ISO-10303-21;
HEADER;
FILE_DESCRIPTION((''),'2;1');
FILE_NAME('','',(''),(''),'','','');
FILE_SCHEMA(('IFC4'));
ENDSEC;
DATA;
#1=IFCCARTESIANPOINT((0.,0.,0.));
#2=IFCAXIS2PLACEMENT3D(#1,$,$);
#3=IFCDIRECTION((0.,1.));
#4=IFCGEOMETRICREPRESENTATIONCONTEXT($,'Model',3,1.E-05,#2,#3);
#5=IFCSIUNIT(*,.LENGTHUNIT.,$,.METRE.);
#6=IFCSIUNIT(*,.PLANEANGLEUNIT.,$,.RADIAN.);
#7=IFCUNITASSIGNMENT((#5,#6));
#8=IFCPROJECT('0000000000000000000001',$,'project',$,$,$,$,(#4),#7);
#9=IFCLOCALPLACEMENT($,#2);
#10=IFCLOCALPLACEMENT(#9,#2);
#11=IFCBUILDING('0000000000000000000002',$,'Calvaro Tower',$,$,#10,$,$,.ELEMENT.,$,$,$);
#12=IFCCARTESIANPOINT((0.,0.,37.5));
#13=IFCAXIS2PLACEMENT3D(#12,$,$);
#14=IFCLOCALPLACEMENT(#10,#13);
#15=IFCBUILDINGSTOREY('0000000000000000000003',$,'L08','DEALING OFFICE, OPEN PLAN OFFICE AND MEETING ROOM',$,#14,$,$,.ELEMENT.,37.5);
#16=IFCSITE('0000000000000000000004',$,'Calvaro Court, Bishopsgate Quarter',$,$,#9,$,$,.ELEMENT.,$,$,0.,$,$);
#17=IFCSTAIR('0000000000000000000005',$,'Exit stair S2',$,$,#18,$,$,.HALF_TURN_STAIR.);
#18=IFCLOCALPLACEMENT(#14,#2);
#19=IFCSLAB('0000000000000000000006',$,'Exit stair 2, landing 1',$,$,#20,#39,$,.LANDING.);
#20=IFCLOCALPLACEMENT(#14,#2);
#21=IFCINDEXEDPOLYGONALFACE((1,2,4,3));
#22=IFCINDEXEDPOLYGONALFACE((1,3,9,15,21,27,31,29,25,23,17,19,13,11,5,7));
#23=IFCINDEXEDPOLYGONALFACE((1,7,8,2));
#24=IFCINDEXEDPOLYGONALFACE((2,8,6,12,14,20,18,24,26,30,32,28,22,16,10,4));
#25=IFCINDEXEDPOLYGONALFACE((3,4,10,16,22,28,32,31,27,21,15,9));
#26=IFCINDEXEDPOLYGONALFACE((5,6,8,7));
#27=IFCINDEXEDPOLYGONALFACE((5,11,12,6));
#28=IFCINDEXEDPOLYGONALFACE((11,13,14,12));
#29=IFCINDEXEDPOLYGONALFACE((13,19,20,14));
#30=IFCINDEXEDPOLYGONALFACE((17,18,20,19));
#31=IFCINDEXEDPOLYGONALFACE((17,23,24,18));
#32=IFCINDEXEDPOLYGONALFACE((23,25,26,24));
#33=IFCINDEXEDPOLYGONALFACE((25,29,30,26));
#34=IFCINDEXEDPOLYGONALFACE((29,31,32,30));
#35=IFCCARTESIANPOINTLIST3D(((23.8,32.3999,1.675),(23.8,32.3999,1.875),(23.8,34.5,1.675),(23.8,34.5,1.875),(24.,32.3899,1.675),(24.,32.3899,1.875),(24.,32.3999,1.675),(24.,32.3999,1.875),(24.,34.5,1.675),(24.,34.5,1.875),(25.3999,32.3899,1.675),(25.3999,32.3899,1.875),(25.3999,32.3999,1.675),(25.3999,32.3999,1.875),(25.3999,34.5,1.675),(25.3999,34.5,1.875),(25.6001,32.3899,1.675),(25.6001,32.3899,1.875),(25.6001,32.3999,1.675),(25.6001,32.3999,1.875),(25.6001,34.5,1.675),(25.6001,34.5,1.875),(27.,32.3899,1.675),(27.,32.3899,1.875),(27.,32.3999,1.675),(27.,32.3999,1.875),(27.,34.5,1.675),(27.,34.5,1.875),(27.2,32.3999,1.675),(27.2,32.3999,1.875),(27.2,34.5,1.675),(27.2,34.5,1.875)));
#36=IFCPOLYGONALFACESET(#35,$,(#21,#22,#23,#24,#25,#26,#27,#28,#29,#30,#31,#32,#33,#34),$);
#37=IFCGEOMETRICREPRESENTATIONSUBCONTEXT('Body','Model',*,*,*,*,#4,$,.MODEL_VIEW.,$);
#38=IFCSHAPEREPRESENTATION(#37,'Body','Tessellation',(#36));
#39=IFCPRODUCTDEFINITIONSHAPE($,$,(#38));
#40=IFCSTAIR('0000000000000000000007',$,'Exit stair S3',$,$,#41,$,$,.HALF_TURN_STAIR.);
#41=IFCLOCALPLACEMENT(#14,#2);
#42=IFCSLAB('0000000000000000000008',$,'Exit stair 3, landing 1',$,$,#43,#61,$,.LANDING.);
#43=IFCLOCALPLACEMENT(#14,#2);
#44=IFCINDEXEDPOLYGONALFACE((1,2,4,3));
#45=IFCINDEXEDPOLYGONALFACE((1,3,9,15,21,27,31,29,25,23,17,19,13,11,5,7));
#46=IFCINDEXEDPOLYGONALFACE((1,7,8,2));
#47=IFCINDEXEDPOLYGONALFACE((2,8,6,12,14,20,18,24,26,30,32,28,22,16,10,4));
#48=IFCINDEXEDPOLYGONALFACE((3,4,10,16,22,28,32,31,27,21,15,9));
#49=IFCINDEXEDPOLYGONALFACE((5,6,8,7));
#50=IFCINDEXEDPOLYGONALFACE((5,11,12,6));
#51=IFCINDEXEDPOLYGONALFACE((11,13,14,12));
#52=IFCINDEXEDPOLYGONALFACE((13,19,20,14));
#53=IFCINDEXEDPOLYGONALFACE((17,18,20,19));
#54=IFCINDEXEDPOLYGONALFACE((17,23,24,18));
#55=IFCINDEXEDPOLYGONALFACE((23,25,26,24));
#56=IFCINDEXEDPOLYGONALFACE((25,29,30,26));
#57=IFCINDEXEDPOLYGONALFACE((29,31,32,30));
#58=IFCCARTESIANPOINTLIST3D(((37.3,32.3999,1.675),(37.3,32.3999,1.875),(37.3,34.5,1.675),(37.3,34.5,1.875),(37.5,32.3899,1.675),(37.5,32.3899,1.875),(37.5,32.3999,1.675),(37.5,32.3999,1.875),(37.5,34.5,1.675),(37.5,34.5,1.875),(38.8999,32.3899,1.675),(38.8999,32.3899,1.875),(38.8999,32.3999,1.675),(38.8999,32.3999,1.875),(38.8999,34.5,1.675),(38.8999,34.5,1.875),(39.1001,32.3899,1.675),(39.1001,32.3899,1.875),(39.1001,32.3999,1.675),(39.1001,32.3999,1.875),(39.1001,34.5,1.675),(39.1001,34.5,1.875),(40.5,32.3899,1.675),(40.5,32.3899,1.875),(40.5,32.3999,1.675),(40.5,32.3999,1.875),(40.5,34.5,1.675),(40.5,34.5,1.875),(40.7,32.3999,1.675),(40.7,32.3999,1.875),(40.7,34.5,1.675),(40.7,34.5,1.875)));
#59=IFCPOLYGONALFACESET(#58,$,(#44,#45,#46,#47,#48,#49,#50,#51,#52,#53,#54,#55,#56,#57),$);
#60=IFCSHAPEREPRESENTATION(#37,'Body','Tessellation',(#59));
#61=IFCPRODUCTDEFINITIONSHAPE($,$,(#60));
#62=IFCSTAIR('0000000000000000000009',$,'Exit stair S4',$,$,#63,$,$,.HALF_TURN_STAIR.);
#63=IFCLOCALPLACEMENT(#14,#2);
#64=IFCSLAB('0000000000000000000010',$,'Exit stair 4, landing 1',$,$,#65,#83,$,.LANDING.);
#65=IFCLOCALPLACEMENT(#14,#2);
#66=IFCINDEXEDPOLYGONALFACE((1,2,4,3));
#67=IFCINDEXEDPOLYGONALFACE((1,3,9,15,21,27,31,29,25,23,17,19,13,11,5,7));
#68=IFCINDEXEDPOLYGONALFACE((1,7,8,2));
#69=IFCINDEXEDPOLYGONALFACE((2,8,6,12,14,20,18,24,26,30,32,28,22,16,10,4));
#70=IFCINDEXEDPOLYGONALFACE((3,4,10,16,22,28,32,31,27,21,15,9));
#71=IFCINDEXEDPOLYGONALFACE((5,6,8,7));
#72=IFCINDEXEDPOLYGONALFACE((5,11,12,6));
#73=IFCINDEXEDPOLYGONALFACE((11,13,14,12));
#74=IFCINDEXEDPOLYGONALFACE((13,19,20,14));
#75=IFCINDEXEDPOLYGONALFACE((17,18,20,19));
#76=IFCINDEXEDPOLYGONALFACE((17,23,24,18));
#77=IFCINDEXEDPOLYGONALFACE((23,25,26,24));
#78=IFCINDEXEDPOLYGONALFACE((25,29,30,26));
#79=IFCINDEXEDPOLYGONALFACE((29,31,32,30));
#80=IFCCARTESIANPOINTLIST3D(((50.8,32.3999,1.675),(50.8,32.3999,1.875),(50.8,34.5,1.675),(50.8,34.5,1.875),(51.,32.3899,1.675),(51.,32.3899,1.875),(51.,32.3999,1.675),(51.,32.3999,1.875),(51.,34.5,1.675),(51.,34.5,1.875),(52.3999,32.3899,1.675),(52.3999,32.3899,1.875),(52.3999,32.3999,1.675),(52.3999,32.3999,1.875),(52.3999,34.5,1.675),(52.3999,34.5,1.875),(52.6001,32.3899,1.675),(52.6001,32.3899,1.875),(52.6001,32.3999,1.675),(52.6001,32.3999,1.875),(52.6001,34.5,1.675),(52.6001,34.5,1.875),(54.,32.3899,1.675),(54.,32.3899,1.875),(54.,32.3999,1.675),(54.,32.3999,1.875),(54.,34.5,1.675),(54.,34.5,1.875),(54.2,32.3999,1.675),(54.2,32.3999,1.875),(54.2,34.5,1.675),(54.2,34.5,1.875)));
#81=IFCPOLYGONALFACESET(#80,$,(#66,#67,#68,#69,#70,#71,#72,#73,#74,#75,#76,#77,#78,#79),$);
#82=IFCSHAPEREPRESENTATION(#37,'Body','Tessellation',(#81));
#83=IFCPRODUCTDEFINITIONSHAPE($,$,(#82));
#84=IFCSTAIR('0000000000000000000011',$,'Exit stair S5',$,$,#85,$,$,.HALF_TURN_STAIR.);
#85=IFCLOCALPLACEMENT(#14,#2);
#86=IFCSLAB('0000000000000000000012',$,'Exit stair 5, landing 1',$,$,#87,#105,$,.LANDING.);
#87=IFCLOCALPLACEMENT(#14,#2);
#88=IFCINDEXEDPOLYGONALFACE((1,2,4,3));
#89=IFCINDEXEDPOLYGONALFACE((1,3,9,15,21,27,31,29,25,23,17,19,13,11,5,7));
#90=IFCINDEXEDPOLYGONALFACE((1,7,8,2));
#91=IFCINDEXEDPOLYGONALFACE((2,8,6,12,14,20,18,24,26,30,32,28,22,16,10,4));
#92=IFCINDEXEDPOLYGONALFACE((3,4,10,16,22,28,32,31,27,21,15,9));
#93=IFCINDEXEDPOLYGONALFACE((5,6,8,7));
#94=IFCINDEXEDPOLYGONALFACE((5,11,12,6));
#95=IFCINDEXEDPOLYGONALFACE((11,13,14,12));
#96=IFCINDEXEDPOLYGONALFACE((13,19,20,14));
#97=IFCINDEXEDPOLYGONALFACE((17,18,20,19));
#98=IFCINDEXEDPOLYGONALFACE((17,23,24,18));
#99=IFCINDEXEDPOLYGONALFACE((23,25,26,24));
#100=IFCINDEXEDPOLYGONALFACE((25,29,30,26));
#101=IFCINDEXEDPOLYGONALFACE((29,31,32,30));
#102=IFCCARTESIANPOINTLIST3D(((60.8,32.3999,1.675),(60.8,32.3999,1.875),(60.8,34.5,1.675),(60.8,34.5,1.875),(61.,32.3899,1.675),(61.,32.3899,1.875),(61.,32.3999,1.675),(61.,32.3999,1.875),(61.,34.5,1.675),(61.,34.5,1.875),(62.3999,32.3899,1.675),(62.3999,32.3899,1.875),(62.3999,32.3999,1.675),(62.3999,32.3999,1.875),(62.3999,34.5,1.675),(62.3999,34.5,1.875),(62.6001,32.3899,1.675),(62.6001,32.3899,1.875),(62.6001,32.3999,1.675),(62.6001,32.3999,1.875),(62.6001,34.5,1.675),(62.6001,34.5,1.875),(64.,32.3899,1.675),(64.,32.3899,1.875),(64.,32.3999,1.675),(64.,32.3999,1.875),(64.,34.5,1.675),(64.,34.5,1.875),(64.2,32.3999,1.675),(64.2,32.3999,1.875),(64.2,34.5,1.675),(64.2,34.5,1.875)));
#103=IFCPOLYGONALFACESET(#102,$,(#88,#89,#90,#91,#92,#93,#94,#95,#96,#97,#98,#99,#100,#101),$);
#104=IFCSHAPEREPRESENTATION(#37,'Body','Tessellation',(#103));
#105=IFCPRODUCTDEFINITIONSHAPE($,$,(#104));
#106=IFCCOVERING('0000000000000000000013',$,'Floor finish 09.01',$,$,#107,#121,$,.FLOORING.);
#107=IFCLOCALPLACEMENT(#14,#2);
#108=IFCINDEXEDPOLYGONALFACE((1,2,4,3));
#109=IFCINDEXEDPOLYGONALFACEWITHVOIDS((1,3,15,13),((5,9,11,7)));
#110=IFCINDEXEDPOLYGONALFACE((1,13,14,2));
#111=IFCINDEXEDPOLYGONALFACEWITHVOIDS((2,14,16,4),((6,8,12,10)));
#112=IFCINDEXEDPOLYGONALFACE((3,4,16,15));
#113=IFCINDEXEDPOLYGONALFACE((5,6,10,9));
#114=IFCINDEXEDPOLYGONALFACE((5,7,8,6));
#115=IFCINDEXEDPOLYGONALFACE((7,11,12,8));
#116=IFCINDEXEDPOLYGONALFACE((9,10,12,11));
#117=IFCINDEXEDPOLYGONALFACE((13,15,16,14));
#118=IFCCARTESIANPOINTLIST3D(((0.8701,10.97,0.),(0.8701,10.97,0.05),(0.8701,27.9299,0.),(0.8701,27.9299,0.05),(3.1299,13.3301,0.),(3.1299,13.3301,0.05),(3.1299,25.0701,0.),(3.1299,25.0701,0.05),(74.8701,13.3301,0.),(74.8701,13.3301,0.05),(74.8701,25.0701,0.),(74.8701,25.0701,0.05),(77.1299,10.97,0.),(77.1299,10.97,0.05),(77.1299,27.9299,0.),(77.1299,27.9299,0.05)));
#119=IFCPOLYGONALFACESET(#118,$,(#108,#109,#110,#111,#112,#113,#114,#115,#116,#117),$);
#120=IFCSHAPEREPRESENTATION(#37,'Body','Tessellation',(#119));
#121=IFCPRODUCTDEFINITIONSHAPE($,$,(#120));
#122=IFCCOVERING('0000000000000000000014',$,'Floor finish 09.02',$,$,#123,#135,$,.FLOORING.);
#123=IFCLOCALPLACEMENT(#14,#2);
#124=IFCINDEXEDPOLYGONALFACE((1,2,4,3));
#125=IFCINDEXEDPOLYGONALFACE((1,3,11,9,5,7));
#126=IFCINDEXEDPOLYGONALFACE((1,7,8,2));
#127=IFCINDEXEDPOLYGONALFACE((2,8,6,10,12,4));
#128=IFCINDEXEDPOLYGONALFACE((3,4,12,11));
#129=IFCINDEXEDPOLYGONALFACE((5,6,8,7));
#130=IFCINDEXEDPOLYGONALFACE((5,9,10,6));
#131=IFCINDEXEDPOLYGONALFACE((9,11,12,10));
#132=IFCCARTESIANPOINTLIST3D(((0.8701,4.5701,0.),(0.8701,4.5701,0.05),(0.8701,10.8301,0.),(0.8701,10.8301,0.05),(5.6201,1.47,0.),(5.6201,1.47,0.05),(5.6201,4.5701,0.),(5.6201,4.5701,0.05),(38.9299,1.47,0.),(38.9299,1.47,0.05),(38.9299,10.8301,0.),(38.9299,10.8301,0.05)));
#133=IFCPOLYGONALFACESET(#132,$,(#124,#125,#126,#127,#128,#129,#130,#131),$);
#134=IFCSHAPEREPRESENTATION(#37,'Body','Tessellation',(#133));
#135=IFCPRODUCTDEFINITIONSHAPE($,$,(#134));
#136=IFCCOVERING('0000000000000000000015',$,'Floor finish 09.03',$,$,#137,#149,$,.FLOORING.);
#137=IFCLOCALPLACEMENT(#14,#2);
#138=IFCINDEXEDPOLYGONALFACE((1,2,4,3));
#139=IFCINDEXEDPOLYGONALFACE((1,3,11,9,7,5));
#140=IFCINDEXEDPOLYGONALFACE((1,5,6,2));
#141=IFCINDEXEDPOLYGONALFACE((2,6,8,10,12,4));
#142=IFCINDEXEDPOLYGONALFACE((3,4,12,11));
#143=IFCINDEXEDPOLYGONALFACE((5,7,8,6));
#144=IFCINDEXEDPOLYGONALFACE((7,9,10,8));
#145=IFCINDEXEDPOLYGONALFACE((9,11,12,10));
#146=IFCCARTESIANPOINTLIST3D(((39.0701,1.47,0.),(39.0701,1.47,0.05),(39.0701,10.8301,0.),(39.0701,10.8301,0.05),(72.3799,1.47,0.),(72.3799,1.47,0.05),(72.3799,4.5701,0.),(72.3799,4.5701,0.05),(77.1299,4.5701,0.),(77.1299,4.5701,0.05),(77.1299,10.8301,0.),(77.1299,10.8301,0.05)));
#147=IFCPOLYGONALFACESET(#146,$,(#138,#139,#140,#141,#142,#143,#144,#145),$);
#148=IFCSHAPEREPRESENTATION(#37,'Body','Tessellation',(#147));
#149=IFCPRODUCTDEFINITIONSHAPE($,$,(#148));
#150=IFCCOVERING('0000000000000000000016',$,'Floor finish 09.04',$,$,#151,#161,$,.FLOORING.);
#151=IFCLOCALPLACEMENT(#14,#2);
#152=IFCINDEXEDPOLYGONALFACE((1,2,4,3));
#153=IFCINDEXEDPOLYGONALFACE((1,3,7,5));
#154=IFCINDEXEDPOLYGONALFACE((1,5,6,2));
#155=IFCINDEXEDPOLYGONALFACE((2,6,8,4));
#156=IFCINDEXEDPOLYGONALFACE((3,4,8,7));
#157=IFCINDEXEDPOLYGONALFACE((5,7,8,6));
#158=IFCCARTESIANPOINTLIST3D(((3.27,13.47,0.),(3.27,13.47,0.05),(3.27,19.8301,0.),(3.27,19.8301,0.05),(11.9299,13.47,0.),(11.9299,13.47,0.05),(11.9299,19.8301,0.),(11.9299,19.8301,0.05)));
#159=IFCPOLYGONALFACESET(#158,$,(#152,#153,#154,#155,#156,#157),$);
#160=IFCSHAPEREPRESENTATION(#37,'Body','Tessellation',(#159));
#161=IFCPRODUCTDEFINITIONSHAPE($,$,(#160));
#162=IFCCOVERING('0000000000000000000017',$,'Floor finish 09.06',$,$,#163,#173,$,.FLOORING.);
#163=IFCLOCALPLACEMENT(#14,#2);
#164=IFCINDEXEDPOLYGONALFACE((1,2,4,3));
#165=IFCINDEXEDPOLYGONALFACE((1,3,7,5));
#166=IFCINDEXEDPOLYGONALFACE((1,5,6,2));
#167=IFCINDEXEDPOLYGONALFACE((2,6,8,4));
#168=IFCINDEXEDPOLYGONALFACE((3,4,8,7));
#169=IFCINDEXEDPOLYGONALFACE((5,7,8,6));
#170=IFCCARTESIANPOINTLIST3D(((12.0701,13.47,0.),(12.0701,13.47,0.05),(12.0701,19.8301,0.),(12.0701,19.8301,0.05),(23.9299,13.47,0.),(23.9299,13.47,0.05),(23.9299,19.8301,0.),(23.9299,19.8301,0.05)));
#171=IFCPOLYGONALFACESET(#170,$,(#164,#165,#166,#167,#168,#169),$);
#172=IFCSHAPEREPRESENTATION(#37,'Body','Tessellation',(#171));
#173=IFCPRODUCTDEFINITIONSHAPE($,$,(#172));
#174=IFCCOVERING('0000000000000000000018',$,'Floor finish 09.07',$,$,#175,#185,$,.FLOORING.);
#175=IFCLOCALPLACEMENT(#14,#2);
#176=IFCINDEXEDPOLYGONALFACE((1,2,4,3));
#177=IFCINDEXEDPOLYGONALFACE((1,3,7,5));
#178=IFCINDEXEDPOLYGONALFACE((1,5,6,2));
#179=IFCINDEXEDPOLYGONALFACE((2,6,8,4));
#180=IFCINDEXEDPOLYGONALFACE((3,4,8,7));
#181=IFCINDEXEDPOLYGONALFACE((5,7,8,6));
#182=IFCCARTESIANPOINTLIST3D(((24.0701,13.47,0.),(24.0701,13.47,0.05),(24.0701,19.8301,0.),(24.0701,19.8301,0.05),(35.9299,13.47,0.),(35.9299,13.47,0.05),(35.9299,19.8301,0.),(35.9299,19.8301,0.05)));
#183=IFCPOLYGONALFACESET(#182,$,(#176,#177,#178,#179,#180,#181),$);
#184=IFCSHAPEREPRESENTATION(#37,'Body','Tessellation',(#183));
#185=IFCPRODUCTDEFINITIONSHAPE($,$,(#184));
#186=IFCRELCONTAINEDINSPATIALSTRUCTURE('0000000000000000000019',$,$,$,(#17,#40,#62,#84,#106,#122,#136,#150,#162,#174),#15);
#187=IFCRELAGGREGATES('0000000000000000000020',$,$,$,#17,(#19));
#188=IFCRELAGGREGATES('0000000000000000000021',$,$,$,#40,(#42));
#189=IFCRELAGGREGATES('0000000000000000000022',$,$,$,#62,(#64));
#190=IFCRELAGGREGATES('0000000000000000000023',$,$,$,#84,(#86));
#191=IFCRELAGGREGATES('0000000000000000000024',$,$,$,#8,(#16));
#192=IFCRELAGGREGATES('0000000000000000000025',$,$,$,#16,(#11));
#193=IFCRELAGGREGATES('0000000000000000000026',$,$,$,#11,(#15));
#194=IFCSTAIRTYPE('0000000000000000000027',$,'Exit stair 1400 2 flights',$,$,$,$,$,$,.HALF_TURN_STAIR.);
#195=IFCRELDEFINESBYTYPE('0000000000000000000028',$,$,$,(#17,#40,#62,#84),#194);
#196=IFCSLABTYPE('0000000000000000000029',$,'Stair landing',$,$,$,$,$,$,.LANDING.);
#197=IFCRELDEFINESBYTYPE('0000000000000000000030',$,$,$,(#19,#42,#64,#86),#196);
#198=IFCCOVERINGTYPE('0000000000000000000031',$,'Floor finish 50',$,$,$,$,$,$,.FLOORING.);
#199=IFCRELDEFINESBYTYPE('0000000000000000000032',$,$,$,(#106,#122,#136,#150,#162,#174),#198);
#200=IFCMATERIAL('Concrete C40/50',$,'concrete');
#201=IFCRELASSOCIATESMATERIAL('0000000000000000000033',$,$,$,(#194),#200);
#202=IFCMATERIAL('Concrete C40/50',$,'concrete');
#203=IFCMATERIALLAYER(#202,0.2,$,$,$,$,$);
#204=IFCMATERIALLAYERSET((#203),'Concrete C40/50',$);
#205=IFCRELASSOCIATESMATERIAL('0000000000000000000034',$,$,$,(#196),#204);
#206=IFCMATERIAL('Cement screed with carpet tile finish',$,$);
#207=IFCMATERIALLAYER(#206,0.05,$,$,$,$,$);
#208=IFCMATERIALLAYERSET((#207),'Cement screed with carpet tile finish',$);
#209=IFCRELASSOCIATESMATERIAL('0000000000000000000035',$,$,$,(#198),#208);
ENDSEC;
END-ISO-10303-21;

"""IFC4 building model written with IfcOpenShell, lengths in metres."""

from ifc_helpers import new_model, si_unit, direction, frame, origin, place, context, subcontext, project, spatial, polyline, outline, extrude, material, layer, layer_set, type_object, element, aggregate, save


model = new_model("IFC4")

# Units and contexts
model_context = context("Model", 3, precision=1e-05, world=origin(), true_north=direction((0.0, 1.0)))
body_context = subcontext(model_context, "Body", "Model", "MODEL_VIEW")
ifc_project = project(units=[si_unit("LENGTHUNIT", "METRE"), si_unit("PLANEANGLEUNIT", "RADIAN")], contexts=[model_context])

# Site, building, storey
site_placement = place(None, origin())
site = spatial("IfcSite", under=ifc_project, at=site_placement, Name="Calvaro Court, Bishopsgate Quarter", CompositionType="ELEMENT", RefElevation=0.0)
building_placement = place(site_placement, origin())
building = spatial("IfcBuilding", under=site, at=building_placement, Name="Calvaro Tower", CompositionType="ELEMENT")
storey_placement = place(building_placement, frame((0.0, 0.0, 37.5)))
storey = spatial("IfcBuildingStorey", under=building, at=storey_placement, Name="L08", Description="DEALING OFFICE, OPEN PLAN OFFICE AND MEETING ROOM", CompositionType="ELEMENT", Elevation=37.5)

# Stairs, slabs
ifc_material_1 = material(Name="Concrete C40/50", Category="concrete")
stair_type = type_object("IfcStairType", Name="Exit stair 1400 2 flights", PredefinedType="HALF_TURN_STAIR", material=ifc_material_1)
ifc_material_2 = material(Name="Concrete C40/50", Category="concrete")
ifc_layer_1 = layer(ifc_material_2, 0.2)
ifc_layer_set_1 = layer_set([ifc_layer_1], Name="Concrete C40/50")
slab_type_1 = type_object("IfcSlabType", Name="Stair landing", PredefinedType="LANDING", material=ifc_layer_set_1)
stair_1_placement = place(storey_placement, origin())
stair_1 = element("IfcStair", 1, at=stair_1_placement, inside=storey, type_object=stair_type, Name="Exit stair S2", PredefinedType="HALF_TURN_STAIR")
slab_1_placement = place(storey_placement, frame((0.0, 0.0, 1.675)))
slab_1 = element("IfcSlab", 2, at=slab_1_placement, type_object=slab_type_1, Name="Exit stair 2, landing 1", PredefinedType="LANDING", context=body_context, shape_type="SweptSolid", body=[
    extrude(outline(polyline([(25.3999, 32.3899), (24.0, 32.3899), (24.0, 32.3999), (23.8, 32.3999), (23.8, 34.5), (24.0, 34.5), (25.3999, 34.5), (25.6001, 34.5), (27.0, 34.5), (27.2, 34.5), (27.2, 32.3999), (27.0, 32.3999), (27.0, 32.3899), (25.6001, 32.3899), (25.6001, 32.3999), (25.3999, 32.3999), (25.3999, 32.3899)])), origin(), (0.0, 0.0, 1.0), 0.2),
])
aggregate(stair_1, [slab_1])
stair_2_placement = place(storey_placement, origin())
stair_2 = element("IfcStair", 3, at=stair_2_placement, inside=storey, type_object=stair_type, Name="Exit stair S3", PredefinedType="HALF_TURN_STAIR")
slab_2_placement = place(storey_placement, frame((0.0, 0.0, 1.675)))
slab_2 = element("IfcSlab", 4, at=slab_2_placement, type_object=slab_type_1, Name="Exit stair 3, landing 1", PredefinedType="LANDING", context=body_context, shape_type="SweptSolid", body=[
    extrude(outline(polyline([(38.8999, 32.3899), (37.5, 32.3899), (37.5, 32.3999), (37.3, 32.3999), (37.3, 34.5), (37.5, 34.5), (38.8999, 34.5), (39.1001, 34.5), (40.5, 34.5), (40.7, 34.5), (40.7, 32.3999), (40.5, 32.3999), (40.5, 32.3899), (39.1001, 32.3899), (39.1001, 32.3999), (38.8999, 32.3999), (38.8999, 32.3899)])), origin(), (0.0, 0.0, 1.0), 0.2),
])
aggregate(stair_2, [slab_2])
stair_3_placement = place(storey_placement, origin())
stair_3 = element("IfcStair", 5, at=stair_3_placement, inside=storey, type_object=stair_type, Name="Exit stair S4", PredefinedType="HALF_TURN_STAIR")
slab_3_placement = place(storey_placement, frame((0.0, 0.0, 1.675)))
slab_3 = element("IfcSlab", 6, at=slab_3_placement, type_object=slab_type_1, Name="Exit stair 4, landing 1", PredefinedType="LANDING", context=body_context, shape_type="SweptSolid", body=[
    extrude(outline(polyline([(52.3999, 32.3899), (51.0, 32.3899), (51.0, 32.3999), (50.8, 32.3999), (50.8, 34.5), (51.0, 34.5), (52.3999, 34.5), (52.6001, 34.5), (54.0, 34.5), (54.2, 34.5), (54.2, 32.3999), (54.0, 32.3999), (54.0, 32.3899), (52.6001, 32.3899), (52.6001, 32.3999), (52.3999, 32.3999), (52.3999, 32.3899)])), origin(), (0.0, 0.0, 1.0), 0.2),
])
aggregate(stair_3, [slab_3])
stair_4_placement = place(storey_placement, origin())
stair_4 = element("IfcStair", 7, at=stair_4_placement, inside=storey, type_object=stair_type, Name="Exit stair S5", PredefinedType="HALF_TURN_STAIR")
slab_4_placement = place(storey_placement, frame((0.0, 0.0, 1.675)))
slab_4 = element("IfcSlab", 8, at=slab_4_placement, type_object=slab_type_1, Name="Exit stair 5, landing 1", PredefinedType="LANDING", context=body_context, shape_type="SweptSolid", body=[
    extrude(outline(polyline([(62.3999, 32.3899), (61.0, 32.3899), (61.0, 32.3999), (60.8, 32.3999), (60.8, 34.5), (61.0, 34.5), (62.3999, 34.5), (62.6001, 34.5), (64.0, 34.5), (64.2, 34.5), (64.2, 32.3999), (64.0, 32.3999), (64.0, 32.3899), (62.6001, 32.3899), (62.6001, 32.3999), (62.3999, 32.3999), (62.3999, 32.3899)])), origin(), (0.0, 0.0, 1.0), 0.2),
])
aggregate(stair_4, [slab_4])

# Coverings
ifc_material_3 = material(Name="Cement screed with carpet tile finish")
ifc_layer_2 = layer(ifc_material_3, 0.05)
ifc_layer_set_2 = layer_set([ifc_layer_2], Name="Cement screed with carpet tile finish")
covering_type = type_object("IfcCoveringType", Name="Floor finish 50", PredefinedType="FLOORING", material=ifc_layer_set_2)
covering_1_placement = place(storey_placement, origin())
element("IfcCovering", 9, at=covering_1_placement, inside=storey, type_object=covering_type, Name="Floor finish 09.01", PredefinedType="FLOORING", context=body_context, shape_type="SweptSolid", body=[
    extrude(outline(polyline([(0.8701, 10.97), (0.8701, 27.9299), (77.1299, 27.9299), (77.1299, 10.97), (0.8701, 10.97)]), holes=[polyline([(74.8701, 13.3301), (74.8701, 25.0701), (3.1299, 25.0701), (3.1299, 13.3301), (74.8701, 13.3301)])]), origin(), (0.0, 0.0, 1.0), 0.05),
])
covering_2_placement = place(storey_placement, origin())
element("IfcCovering", 10, at=covering_2_placement, inside=storey, type_object=covering_type, Name="Floor finish 09.02", PredefinedType="FLOORING", context=body_context, shape_type="SweptSolid", body=[
    extrude(outline(polyline([(38.9299, 10.8301), (38.9299, 1.47), (5.6201, 1.47), (5.6201, 4.5701), (0.8701, 4.5701), (0.8701, 10.8301), (38.9299, 10.8301)])), origin(), (0.0, 0.0, 1.0), 0.05),
])
covering_3_placement = place(storey_placement, origin())
element("IfcCovering", 11, at=covering_3_placement, inside=storey, type_object=covering_type, Name="Floor finish 09.03", PredefinedType="FLOORING", context=body_context, shape_type="SweptSolid", body=[
    extrude(outline(polyline([(77.1299, 4.5701), (72.3799, 4.5701), (72.3799, 1.47), (39.0701, 1.47), (39.0701, 10.8301), (77.1299, 10.8301), (77.1299, 4.5701)])), origin(), (0.0, 0.0, 1.0), 0.05),
])
covering_4_placement = place(storey_placement, origin())
element("IfcCovering", 12, at=covering_4_placement, inside=storey, type_object=covering_type, Name="Floor finish 09.04", PredefinedType="FLOORING", context=body_context, shape_type="SweptSolid", body=[
    extrude(outline(polyline([(3.27, 13.47), (3.27, 19.8301), (11.9299, 19.8301), (11.9299, 13.47), (3.27, 13.47)])), origin(), (0.0, 0.0, 1.0), 0.05),
])
covering_5_placement = place(storey_placement, origin())
element("IfcCovering", 13, at=covering_5_placement, inside=storey, type_object=covering_type, Name="Floor finish 09.06", PredefinedType="FLOORING", context=body_context, shape_type="SweptSolid", body=[
    extrude(outline(polyline([(12.0701, 13.47), (12.0701, 19.8301), (23.9299, 19.8301), (23.9299, 13.47), (12.0701, 13.47)])), origin(), (0.0, 0.0, 1.0), 0.05),
])
covering_6_placement = place(storey_placement, origin())
element("IfcCovering", 14, at=covering_6_placement, inside=storey, type_object=covering_type, Name="Floor finish 09.07", PredefinedType="FLOORING", context=body_context, shape_type="SweptSolid", body=[
    extrude(outline(polyline([(24.0701, 13.47), (24.0701, 19.8301), (35.9299, 19.8301), (35.9299, 13.47), (24.0701, 13.47)])), origin(), (0.0, 0.0, 1.0), 0.05),
])

save(model, "model.ifc")
